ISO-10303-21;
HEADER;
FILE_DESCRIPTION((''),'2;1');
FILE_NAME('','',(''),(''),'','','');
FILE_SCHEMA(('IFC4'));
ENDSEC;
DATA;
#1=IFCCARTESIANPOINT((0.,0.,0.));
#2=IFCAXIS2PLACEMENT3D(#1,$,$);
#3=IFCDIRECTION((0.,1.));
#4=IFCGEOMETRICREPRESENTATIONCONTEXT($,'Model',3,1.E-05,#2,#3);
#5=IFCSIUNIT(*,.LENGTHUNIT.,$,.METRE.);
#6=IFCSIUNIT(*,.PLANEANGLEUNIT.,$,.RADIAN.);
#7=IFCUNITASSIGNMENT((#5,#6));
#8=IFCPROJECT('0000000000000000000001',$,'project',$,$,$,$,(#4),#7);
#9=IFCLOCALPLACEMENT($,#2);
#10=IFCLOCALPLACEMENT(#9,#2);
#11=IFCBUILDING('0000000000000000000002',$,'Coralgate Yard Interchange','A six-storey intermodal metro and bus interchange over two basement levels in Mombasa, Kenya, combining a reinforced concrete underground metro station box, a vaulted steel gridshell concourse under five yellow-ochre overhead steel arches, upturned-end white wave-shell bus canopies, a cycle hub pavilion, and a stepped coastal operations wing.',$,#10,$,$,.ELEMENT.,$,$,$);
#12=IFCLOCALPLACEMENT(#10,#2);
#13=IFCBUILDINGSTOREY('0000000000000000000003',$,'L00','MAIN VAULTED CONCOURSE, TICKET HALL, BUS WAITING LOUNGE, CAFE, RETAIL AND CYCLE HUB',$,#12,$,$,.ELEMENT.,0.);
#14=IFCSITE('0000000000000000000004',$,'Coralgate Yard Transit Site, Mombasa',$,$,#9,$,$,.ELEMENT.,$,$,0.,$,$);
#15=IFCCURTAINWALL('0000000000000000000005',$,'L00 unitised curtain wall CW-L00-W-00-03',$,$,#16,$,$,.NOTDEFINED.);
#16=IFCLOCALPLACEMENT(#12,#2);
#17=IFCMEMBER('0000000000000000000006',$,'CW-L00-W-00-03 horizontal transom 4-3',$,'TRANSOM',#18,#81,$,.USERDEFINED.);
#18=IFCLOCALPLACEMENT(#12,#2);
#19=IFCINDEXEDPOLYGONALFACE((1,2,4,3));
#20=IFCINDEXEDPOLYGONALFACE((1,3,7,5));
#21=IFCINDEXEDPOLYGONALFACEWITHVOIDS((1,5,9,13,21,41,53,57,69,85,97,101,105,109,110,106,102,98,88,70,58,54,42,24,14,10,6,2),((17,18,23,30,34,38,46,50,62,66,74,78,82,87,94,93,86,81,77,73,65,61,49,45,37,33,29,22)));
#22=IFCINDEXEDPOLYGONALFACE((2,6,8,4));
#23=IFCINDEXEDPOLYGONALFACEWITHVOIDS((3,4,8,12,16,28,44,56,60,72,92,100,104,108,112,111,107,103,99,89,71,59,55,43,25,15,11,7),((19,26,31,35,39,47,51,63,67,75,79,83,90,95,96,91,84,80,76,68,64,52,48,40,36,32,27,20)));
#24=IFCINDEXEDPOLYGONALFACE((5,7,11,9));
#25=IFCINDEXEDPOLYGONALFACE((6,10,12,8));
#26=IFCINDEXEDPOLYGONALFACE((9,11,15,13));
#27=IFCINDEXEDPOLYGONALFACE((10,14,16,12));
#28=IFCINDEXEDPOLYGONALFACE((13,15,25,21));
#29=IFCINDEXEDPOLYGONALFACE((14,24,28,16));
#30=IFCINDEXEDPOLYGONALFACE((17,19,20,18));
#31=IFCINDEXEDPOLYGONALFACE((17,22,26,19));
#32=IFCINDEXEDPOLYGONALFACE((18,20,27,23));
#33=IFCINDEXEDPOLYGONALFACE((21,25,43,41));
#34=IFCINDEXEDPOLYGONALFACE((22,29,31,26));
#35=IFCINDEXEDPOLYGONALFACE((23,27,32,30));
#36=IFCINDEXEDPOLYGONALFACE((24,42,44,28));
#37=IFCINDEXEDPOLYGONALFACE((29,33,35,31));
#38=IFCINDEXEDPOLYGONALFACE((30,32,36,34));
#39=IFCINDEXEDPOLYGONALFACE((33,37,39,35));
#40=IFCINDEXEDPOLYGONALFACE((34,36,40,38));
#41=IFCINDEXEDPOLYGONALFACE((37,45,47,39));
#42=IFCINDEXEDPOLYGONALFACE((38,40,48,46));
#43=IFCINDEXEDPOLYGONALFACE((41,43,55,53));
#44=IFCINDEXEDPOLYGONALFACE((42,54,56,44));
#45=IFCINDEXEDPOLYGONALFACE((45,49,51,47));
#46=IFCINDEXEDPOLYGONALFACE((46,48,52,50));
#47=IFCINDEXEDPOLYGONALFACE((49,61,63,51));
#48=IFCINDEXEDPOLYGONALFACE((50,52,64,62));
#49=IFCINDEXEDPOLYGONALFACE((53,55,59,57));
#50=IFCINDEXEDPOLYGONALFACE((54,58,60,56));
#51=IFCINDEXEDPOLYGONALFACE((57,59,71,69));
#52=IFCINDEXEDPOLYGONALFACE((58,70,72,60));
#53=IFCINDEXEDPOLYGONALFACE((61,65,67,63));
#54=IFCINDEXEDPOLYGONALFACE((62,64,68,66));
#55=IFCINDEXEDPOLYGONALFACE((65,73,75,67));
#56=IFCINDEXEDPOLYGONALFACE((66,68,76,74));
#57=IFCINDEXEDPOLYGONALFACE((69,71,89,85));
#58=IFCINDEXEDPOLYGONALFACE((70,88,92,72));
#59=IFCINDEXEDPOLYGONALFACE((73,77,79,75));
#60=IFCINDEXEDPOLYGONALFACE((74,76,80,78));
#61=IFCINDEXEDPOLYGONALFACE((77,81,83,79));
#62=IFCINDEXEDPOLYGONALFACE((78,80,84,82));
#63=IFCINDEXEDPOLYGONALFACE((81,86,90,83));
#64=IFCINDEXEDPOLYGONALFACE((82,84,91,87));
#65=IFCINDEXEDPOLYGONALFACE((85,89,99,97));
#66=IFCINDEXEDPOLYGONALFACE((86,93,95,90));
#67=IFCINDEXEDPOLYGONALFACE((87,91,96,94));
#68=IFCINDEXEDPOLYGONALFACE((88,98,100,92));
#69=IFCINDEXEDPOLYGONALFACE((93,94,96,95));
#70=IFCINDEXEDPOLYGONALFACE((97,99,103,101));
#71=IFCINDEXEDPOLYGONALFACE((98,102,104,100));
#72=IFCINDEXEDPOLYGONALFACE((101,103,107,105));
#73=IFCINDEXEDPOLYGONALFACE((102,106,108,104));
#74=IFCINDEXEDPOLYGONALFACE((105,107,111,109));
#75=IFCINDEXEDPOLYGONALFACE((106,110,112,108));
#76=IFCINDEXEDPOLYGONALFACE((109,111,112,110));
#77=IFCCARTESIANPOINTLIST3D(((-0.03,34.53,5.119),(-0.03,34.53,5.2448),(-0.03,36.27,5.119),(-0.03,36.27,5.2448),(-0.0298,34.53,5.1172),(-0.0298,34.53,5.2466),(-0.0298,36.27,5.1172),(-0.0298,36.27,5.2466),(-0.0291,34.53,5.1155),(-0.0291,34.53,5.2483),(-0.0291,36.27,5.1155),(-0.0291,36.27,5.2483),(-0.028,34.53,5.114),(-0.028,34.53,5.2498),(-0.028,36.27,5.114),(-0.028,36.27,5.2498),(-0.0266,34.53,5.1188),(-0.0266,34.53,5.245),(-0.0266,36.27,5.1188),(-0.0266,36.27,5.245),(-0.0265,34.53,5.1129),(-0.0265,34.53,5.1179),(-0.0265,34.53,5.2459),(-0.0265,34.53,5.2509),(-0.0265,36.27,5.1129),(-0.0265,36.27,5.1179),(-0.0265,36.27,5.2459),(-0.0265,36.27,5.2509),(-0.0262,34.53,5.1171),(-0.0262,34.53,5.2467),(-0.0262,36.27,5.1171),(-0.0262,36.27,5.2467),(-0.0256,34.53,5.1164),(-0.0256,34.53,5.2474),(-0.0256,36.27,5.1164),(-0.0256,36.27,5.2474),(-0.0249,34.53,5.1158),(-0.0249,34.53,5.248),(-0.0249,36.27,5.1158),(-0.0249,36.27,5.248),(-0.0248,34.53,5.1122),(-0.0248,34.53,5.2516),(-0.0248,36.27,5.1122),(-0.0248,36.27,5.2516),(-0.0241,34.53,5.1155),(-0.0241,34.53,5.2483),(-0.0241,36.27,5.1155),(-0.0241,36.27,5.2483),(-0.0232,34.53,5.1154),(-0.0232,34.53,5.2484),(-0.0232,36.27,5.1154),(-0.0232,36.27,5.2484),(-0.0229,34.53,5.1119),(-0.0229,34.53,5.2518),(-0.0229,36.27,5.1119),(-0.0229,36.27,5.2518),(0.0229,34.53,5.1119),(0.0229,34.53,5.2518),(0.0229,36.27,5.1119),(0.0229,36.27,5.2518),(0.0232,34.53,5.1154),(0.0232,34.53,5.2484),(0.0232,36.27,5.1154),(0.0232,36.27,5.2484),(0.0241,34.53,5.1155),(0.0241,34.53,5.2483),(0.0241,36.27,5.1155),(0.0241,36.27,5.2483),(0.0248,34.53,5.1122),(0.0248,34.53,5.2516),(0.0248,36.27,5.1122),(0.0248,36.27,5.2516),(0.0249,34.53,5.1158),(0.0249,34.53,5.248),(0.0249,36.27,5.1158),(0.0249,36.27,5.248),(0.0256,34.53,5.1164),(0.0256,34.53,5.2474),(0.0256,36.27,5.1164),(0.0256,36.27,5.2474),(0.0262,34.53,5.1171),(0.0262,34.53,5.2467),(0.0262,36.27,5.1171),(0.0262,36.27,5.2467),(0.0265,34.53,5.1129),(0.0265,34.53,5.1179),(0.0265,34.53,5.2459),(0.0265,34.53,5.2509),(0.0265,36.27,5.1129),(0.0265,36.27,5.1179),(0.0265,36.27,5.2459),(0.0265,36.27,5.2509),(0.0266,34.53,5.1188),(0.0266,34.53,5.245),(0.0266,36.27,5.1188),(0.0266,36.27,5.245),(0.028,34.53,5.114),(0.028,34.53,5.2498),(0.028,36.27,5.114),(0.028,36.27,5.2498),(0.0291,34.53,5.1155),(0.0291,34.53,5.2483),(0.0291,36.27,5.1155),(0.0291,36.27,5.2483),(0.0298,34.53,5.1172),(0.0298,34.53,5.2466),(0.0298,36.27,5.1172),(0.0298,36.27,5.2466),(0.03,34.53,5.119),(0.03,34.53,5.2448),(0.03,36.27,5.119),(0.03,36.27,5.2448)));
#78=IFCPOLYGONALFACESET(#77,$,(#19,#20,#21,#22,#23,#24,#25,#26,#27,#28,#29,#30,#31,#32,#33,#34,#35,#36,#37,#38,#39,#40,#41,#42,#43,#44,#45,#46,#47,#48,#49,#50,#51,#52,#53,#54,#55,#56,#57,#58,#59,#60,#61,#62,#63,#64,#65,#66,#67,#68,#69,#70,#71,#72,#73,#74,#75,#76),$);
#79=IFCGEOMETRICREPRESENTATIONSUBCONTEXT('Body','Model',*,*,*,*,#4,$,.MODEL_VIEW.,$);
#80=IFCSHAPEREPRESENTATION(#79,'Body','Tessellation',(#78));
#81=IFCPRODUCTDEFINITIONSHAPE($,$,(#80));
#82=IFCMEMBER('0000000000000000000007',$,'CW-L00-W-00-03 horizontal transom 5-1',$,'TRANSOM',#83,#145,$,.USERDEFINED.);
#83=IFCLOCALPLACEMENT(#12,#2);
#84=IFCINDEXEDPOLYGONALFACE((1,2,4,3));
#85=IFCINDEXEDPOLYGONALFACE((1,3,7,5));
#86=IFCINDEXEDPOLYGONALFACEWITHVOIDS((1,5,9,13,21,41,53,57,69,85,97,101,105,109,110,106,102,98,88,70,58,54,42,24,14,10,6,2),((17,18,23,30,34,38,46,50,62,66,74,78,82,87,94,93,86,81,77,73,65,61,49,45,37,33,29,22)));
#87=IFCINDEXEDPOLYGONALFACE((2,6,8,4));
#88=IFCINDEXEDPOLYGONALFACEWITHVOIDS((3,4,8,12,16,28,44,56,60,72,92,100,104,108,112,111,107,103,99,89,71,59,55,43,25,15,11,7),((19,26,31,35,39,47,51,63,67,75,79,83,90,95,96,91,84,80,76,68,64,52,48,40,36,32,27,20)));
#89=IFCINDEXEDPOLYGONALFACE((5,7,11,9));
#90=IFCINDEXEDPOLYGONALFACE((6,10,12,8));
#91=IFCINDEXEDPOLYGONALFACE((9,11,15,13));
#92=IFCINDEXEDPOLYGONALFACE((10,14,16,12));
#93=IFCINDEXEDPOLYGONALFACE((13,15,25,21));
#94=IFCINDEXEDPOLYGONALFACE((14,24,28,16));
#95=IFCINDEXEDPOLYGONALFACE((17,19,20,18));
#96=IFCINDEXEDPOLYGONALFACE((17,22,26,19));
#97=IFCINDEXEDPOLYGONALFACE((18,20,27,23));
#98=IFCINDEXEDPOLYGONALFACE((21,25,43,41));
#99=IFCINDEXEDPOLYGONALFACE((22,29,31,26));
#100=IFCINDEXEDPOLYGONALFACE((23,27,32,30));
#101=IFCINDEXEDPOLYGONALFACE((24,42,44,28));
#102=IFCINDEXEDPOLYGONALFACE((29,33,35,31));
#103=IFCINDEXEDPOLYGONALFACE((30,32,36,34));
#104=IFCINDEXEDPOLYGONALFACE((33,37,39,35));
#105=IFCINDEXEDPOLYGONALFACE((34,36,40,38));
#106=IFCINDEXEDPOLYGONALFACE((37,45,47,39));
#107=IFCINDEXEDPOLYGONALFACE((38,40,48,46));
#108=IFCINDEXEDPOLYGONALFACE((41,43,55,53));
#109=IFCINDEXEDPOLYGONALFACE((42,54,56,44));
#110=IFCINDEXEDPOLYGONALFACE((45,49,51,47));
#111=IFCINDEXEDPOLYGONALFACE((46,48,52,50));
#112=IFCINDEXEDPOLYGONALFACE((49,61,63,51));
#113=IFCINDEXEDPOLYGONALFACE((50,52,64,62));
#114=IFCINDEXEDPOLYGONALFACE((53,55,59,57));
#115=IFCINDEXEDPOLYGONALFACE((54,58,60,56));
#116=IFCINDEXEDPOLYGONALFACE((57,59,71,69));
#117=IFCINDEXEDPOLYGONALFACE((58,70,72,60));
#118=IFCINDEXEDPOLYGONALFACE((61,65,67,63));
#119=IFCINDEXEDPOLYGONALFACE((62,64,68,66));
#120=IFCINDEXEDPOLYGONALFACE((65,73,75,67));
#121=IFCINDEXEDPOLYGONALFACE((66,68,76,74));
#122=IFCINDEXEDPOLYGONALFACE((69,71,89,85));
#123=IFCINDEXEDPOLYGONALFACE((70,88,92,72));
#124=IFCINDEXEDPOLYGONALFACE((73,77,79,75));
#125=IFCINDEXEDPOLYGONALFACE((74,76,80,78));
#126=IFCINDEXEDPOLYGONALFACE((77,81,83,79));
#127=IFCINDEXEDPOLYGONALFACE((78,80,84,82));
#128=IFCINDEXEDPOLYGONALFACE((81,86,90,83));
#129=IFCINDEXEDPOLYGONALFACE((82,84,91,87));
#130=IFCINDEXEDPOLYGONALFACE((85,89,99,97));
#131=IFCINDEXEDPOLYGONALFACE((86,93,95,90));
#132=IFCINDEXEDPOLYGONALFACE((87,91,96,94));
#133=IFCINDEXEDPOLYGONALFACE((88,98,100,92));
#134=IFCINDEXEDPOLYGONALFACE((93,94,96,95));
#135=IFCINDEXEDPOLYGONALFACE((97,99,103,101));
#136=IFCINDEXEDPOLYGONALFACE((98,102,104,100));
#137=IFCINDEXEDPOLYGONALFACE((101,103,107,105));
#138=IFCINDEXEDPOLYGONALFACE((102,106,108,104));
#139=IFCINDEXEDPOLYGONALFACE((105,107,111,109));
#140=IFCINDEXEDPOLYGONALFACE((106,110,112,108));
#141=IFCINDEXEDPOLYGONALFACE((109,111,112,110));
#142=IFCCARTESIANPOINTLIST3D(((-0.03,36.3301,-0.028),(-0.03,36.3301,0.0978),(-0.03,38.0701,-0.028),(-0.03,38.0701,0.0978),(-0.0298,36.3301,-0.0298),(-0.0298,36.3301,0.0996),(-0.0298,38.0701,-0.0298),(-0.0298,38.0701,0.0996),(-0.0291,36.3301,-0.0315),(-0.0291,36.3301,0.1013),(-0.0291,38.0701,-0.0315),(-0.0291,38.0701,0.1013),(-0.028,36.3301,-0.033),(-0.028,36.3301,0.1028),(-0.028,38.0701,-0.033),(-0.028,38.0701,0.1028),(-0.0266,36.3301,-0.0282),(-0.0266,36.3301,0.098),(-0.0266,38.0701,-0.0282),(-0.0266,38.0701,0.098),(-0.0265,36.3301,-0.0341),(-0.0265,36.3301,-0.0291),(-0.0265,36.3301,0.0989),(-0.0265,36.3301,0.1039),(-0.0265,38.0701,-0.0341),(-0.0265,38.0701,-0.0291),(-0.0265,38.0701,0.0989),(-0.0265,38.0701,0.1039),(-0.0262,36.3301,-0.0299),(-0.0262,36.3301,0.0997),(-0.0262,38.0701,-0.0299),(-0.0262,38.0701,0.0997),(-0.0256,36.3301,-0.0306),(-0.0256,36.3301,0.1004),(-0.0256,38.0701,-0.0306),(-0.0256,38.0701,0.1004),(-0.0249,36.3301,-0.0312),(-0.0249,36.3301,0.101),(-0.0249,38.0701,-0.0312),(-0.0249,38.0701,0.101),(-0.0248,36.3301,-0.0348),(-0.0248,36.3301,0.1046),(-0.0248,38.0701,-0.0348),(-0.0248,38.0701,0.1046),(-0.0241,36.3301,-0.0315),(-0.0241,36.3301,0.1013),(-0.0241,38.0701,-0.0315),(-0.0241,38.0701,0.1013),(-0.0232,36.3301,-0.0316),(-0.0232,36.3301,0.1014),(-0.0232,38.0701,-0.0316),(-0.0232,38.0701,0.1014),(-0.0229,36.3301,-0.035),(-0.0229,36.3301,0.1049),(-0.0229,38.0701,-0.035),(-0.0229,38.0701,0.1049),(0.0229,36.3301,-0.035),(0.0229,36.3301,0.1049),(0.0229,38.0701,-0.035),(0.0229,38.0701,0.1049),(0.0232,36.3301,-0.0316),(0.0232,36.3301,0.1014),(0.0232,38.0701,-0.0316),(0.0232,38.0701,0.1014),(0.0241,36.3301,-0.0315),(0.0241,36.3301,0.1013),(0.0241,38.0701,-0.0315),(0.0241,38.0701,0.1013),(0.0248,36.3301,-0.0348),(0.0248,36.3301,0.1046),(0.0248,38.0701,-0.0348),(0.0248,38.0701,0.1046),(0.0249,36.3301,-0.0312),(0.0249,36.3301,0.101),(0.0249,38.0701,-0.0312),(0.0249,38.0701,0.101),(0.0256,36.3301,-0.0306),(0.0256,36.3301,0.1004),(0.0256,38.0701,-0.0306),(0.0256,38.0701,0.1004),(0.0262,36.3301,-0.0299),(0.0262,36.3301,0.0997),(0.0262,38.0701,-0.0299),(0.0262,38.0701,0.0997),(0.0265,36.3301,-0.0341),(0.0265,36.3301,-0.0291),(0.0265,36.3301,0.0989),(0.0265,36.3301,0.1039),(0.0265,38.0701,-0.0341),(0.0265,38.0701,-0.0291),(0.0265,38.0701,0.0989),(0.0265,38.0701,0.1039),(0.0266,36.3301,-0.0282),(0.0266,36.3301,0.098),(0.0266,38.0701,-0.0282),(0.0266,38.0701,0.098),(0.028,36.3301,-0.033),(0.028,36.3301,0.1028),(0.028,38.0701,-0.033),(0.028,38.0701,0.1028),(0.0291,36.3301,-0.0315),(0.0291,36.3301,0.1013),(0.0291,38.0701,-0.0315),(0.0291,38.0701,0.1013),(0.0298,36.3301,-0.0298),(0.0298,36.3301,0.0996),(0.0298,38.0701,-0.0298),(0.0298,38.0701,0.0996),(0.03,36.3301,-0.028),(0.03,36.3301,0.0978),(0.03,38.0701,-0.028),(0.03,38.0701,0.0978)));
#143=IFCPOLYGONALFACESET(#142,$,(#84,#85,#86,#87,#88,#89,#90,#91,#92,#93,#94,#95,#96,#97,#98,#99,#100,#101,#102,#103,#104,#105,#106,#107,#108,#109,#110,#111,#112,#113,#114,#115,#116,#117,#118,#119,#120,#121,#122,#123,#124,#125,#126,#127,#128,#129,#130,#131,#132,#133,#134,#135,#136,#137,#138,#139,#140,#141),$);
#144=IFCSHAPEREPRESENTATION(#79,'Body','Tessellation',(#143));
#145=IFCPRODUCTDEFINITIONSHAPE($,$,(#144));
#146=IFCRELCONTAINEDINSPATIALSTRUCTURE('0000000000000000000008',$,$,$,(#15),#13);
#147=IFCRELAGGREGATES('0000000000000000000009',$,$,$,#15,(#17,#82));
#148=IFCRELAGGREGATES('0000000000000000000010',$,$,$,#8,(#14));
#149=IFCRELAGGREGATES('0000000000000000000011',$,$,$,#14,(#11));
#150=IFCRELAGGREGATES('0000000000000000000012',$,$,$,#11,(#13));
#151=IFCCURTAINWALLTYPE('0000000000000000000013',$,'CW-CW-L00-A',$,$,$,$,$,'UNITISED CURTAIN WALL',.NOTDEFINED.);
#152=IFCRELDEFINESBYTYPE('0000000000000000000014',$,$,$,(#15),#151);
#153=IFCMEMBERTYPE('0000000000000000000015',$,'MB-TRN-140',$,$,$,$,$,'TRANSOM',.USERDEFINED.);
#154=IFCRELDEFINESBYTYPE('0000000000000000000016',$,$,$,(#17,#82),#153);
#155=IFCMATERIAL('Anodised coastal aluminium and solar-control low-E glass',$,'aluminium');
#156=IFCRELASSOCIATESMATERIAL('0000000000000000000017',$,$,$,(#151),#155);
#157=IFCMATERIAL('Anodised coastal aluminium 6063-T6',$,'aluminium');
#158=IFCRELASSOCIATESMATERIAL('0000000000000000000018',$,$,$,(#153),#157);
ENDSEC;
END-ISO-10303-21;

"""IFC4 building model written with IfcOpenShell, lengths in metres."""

from ifc_helpers import new_model, si_unit, direction, frame, origin, origin_2d, place, context, subcontext, project, spatial, hollow_rectangle, extrude, material, material_profile, profile_set, type_object, element, aggregate, save


model = new_model("IFC4")

# Units and contexts
model_context = context("Model", 3, precision=1e-05, world=origin(), true_north=direction((0.0, 1.0)))
body_context = subcontext(model_context, "Body", "Model", "MODEL_VIEW")
ifc_project = project(units=[si_unit("LENGTHUNIT", "METRE"), si_unit("PLANEANGLEUNIT", "RADIAN")], contexts=[model_context])

# Site, building, storey
site_placement = place(None, origin())
site = spatial("IfcSite", under=ifc_project, at=site_placement, Name="Coralgate Yard Transit Site, Mombasa", CompositionType="ELEMENT", RefElevation=0.0)
building_placement = place(site_placement, origin())
building = spatial("IfcBuilding", under=site, at=building_placement, Name="Coralgate Yard Interchange", Description="A six-storey intermodal metro and bus interchange over two basement levels in Mombasa, Kenya, combining a reinforced concrete underground metro station box, a vaulted steel gridshell concourse under five yellow-ochre overhead steel arches, upturned-end white wave-shell bus canopies, a cycle hub pavilion, and a stepped coastal operations wing.", CompositionType="ELEMENT")
storey_placement = place(building_placement, origin())
storey = spatial("IfcBuildingStorey", under=building, at=storey_placement, Name="L00", Description="MAIN VAULTED CONCOURSE, TICKET HALL, BUS WAITING LOUNGE, CAFE, RETAIL AND CYCLE HUB", CompositionType="ELEMENT", Elevation=0.0)

# Curtain wall, members
ifc_material_1 = material(Name="Anodised coastal aluminium and solar-control low-E glass", Category="aluminium")
curtain_wall_type = type_object("IfcCurtainWallType", Name="CW-CW-L00-A", ElementType="UNITISED CURTAIN WALL", PredefinedType="NOTDEFINED", material=ifc_material_1)
curtain_wall_placement = place(storey_placement, origin())
curtain_wall = element("IfcCurtainWall", 1, at=curtain_wall_placement, inside=storey, type_object=curtain_wall_type, Name="L00 unitised curtain wall CW-L00-W-00-03", PredefinedType="NOTDEFINED")
ifc_material_2 = material(Name="Anodised coastal aluminium 6063-T6", Category="aluminium")
ifc_material_profile_1 = material_profile(ifc_material_2, hollow_rectangle(XDim=0.0601, YDim=0.1399, WallThickness=0.0034, InnerFilletRadius=0.0034, OuterFilletRadius=0.0071, at=origin_2d()), Name="ALU 60x140x3.5")
ifc_profile_set_1 = profile_set([ifc_material_profile_1], Name="Anodised coastal aluminium 6063-T6")
member_type_1 = type_object("IfcMemberType", Name="MB-TRN-140", ElementType="TRANSOM", PredefinedType="USERDEFINED", material=ifc_profile_set_1)
member_1_placement = place(storey_placement, frame((0.0, 34.53, 5.1819), z_axis=(0.0, 1.0, 0.0), x_axis=(-1.0, 0.0, 0.0)))
member_1 = element("IfcMember", 2, at=member_1_placement, type_object=member_type_1, Name="CW-L00-W-00-03 horizontal transom 4-3", ObjectType="TRANSOM", PredefinedType="USERDEFINED", context=body_context, shape_type="SweptSolid", body=[
    extrude(hollow_rectangle(XDim=0.0601, YDim=0.1399, WallThickness=0.0034, InnerFilletRadius=0.0034, OuterFilletRadius=0.0071, at=origin_2d()), origin(), (0.0, 0.0, 1.0), 1.74),
])
member_2_placement = place(storey_placement, frame((0.0, 36.3301, 0.0349), z_axis=(0.0, 1.0, 0.0), x_axis=(-1.0, 0.0, 0.0)))
member_2 = element("IfcMember", 3, at=member_2_placement, type_object=member_type_1, Name="CW-L00-W-00-03 horizontal transom 5-1", ObjectType="TRANSOM", PredefinedType="USERDEFINED", context=body_context, shape_type="SweptSolid", body=[
    extrude(hollow_rectangle(XDim=0.0601, YDim=0.1399, WallThickness=0.0034, InnerFilletRadius=0.0034, OuterFilletRadius=0.0071, at=origin_2d()), origin(), (0.0, 0.0, 1.0), 1.74),
])
aggregate(curtain_wall, [member_1, member_2])

save(model, "model.ifc")
